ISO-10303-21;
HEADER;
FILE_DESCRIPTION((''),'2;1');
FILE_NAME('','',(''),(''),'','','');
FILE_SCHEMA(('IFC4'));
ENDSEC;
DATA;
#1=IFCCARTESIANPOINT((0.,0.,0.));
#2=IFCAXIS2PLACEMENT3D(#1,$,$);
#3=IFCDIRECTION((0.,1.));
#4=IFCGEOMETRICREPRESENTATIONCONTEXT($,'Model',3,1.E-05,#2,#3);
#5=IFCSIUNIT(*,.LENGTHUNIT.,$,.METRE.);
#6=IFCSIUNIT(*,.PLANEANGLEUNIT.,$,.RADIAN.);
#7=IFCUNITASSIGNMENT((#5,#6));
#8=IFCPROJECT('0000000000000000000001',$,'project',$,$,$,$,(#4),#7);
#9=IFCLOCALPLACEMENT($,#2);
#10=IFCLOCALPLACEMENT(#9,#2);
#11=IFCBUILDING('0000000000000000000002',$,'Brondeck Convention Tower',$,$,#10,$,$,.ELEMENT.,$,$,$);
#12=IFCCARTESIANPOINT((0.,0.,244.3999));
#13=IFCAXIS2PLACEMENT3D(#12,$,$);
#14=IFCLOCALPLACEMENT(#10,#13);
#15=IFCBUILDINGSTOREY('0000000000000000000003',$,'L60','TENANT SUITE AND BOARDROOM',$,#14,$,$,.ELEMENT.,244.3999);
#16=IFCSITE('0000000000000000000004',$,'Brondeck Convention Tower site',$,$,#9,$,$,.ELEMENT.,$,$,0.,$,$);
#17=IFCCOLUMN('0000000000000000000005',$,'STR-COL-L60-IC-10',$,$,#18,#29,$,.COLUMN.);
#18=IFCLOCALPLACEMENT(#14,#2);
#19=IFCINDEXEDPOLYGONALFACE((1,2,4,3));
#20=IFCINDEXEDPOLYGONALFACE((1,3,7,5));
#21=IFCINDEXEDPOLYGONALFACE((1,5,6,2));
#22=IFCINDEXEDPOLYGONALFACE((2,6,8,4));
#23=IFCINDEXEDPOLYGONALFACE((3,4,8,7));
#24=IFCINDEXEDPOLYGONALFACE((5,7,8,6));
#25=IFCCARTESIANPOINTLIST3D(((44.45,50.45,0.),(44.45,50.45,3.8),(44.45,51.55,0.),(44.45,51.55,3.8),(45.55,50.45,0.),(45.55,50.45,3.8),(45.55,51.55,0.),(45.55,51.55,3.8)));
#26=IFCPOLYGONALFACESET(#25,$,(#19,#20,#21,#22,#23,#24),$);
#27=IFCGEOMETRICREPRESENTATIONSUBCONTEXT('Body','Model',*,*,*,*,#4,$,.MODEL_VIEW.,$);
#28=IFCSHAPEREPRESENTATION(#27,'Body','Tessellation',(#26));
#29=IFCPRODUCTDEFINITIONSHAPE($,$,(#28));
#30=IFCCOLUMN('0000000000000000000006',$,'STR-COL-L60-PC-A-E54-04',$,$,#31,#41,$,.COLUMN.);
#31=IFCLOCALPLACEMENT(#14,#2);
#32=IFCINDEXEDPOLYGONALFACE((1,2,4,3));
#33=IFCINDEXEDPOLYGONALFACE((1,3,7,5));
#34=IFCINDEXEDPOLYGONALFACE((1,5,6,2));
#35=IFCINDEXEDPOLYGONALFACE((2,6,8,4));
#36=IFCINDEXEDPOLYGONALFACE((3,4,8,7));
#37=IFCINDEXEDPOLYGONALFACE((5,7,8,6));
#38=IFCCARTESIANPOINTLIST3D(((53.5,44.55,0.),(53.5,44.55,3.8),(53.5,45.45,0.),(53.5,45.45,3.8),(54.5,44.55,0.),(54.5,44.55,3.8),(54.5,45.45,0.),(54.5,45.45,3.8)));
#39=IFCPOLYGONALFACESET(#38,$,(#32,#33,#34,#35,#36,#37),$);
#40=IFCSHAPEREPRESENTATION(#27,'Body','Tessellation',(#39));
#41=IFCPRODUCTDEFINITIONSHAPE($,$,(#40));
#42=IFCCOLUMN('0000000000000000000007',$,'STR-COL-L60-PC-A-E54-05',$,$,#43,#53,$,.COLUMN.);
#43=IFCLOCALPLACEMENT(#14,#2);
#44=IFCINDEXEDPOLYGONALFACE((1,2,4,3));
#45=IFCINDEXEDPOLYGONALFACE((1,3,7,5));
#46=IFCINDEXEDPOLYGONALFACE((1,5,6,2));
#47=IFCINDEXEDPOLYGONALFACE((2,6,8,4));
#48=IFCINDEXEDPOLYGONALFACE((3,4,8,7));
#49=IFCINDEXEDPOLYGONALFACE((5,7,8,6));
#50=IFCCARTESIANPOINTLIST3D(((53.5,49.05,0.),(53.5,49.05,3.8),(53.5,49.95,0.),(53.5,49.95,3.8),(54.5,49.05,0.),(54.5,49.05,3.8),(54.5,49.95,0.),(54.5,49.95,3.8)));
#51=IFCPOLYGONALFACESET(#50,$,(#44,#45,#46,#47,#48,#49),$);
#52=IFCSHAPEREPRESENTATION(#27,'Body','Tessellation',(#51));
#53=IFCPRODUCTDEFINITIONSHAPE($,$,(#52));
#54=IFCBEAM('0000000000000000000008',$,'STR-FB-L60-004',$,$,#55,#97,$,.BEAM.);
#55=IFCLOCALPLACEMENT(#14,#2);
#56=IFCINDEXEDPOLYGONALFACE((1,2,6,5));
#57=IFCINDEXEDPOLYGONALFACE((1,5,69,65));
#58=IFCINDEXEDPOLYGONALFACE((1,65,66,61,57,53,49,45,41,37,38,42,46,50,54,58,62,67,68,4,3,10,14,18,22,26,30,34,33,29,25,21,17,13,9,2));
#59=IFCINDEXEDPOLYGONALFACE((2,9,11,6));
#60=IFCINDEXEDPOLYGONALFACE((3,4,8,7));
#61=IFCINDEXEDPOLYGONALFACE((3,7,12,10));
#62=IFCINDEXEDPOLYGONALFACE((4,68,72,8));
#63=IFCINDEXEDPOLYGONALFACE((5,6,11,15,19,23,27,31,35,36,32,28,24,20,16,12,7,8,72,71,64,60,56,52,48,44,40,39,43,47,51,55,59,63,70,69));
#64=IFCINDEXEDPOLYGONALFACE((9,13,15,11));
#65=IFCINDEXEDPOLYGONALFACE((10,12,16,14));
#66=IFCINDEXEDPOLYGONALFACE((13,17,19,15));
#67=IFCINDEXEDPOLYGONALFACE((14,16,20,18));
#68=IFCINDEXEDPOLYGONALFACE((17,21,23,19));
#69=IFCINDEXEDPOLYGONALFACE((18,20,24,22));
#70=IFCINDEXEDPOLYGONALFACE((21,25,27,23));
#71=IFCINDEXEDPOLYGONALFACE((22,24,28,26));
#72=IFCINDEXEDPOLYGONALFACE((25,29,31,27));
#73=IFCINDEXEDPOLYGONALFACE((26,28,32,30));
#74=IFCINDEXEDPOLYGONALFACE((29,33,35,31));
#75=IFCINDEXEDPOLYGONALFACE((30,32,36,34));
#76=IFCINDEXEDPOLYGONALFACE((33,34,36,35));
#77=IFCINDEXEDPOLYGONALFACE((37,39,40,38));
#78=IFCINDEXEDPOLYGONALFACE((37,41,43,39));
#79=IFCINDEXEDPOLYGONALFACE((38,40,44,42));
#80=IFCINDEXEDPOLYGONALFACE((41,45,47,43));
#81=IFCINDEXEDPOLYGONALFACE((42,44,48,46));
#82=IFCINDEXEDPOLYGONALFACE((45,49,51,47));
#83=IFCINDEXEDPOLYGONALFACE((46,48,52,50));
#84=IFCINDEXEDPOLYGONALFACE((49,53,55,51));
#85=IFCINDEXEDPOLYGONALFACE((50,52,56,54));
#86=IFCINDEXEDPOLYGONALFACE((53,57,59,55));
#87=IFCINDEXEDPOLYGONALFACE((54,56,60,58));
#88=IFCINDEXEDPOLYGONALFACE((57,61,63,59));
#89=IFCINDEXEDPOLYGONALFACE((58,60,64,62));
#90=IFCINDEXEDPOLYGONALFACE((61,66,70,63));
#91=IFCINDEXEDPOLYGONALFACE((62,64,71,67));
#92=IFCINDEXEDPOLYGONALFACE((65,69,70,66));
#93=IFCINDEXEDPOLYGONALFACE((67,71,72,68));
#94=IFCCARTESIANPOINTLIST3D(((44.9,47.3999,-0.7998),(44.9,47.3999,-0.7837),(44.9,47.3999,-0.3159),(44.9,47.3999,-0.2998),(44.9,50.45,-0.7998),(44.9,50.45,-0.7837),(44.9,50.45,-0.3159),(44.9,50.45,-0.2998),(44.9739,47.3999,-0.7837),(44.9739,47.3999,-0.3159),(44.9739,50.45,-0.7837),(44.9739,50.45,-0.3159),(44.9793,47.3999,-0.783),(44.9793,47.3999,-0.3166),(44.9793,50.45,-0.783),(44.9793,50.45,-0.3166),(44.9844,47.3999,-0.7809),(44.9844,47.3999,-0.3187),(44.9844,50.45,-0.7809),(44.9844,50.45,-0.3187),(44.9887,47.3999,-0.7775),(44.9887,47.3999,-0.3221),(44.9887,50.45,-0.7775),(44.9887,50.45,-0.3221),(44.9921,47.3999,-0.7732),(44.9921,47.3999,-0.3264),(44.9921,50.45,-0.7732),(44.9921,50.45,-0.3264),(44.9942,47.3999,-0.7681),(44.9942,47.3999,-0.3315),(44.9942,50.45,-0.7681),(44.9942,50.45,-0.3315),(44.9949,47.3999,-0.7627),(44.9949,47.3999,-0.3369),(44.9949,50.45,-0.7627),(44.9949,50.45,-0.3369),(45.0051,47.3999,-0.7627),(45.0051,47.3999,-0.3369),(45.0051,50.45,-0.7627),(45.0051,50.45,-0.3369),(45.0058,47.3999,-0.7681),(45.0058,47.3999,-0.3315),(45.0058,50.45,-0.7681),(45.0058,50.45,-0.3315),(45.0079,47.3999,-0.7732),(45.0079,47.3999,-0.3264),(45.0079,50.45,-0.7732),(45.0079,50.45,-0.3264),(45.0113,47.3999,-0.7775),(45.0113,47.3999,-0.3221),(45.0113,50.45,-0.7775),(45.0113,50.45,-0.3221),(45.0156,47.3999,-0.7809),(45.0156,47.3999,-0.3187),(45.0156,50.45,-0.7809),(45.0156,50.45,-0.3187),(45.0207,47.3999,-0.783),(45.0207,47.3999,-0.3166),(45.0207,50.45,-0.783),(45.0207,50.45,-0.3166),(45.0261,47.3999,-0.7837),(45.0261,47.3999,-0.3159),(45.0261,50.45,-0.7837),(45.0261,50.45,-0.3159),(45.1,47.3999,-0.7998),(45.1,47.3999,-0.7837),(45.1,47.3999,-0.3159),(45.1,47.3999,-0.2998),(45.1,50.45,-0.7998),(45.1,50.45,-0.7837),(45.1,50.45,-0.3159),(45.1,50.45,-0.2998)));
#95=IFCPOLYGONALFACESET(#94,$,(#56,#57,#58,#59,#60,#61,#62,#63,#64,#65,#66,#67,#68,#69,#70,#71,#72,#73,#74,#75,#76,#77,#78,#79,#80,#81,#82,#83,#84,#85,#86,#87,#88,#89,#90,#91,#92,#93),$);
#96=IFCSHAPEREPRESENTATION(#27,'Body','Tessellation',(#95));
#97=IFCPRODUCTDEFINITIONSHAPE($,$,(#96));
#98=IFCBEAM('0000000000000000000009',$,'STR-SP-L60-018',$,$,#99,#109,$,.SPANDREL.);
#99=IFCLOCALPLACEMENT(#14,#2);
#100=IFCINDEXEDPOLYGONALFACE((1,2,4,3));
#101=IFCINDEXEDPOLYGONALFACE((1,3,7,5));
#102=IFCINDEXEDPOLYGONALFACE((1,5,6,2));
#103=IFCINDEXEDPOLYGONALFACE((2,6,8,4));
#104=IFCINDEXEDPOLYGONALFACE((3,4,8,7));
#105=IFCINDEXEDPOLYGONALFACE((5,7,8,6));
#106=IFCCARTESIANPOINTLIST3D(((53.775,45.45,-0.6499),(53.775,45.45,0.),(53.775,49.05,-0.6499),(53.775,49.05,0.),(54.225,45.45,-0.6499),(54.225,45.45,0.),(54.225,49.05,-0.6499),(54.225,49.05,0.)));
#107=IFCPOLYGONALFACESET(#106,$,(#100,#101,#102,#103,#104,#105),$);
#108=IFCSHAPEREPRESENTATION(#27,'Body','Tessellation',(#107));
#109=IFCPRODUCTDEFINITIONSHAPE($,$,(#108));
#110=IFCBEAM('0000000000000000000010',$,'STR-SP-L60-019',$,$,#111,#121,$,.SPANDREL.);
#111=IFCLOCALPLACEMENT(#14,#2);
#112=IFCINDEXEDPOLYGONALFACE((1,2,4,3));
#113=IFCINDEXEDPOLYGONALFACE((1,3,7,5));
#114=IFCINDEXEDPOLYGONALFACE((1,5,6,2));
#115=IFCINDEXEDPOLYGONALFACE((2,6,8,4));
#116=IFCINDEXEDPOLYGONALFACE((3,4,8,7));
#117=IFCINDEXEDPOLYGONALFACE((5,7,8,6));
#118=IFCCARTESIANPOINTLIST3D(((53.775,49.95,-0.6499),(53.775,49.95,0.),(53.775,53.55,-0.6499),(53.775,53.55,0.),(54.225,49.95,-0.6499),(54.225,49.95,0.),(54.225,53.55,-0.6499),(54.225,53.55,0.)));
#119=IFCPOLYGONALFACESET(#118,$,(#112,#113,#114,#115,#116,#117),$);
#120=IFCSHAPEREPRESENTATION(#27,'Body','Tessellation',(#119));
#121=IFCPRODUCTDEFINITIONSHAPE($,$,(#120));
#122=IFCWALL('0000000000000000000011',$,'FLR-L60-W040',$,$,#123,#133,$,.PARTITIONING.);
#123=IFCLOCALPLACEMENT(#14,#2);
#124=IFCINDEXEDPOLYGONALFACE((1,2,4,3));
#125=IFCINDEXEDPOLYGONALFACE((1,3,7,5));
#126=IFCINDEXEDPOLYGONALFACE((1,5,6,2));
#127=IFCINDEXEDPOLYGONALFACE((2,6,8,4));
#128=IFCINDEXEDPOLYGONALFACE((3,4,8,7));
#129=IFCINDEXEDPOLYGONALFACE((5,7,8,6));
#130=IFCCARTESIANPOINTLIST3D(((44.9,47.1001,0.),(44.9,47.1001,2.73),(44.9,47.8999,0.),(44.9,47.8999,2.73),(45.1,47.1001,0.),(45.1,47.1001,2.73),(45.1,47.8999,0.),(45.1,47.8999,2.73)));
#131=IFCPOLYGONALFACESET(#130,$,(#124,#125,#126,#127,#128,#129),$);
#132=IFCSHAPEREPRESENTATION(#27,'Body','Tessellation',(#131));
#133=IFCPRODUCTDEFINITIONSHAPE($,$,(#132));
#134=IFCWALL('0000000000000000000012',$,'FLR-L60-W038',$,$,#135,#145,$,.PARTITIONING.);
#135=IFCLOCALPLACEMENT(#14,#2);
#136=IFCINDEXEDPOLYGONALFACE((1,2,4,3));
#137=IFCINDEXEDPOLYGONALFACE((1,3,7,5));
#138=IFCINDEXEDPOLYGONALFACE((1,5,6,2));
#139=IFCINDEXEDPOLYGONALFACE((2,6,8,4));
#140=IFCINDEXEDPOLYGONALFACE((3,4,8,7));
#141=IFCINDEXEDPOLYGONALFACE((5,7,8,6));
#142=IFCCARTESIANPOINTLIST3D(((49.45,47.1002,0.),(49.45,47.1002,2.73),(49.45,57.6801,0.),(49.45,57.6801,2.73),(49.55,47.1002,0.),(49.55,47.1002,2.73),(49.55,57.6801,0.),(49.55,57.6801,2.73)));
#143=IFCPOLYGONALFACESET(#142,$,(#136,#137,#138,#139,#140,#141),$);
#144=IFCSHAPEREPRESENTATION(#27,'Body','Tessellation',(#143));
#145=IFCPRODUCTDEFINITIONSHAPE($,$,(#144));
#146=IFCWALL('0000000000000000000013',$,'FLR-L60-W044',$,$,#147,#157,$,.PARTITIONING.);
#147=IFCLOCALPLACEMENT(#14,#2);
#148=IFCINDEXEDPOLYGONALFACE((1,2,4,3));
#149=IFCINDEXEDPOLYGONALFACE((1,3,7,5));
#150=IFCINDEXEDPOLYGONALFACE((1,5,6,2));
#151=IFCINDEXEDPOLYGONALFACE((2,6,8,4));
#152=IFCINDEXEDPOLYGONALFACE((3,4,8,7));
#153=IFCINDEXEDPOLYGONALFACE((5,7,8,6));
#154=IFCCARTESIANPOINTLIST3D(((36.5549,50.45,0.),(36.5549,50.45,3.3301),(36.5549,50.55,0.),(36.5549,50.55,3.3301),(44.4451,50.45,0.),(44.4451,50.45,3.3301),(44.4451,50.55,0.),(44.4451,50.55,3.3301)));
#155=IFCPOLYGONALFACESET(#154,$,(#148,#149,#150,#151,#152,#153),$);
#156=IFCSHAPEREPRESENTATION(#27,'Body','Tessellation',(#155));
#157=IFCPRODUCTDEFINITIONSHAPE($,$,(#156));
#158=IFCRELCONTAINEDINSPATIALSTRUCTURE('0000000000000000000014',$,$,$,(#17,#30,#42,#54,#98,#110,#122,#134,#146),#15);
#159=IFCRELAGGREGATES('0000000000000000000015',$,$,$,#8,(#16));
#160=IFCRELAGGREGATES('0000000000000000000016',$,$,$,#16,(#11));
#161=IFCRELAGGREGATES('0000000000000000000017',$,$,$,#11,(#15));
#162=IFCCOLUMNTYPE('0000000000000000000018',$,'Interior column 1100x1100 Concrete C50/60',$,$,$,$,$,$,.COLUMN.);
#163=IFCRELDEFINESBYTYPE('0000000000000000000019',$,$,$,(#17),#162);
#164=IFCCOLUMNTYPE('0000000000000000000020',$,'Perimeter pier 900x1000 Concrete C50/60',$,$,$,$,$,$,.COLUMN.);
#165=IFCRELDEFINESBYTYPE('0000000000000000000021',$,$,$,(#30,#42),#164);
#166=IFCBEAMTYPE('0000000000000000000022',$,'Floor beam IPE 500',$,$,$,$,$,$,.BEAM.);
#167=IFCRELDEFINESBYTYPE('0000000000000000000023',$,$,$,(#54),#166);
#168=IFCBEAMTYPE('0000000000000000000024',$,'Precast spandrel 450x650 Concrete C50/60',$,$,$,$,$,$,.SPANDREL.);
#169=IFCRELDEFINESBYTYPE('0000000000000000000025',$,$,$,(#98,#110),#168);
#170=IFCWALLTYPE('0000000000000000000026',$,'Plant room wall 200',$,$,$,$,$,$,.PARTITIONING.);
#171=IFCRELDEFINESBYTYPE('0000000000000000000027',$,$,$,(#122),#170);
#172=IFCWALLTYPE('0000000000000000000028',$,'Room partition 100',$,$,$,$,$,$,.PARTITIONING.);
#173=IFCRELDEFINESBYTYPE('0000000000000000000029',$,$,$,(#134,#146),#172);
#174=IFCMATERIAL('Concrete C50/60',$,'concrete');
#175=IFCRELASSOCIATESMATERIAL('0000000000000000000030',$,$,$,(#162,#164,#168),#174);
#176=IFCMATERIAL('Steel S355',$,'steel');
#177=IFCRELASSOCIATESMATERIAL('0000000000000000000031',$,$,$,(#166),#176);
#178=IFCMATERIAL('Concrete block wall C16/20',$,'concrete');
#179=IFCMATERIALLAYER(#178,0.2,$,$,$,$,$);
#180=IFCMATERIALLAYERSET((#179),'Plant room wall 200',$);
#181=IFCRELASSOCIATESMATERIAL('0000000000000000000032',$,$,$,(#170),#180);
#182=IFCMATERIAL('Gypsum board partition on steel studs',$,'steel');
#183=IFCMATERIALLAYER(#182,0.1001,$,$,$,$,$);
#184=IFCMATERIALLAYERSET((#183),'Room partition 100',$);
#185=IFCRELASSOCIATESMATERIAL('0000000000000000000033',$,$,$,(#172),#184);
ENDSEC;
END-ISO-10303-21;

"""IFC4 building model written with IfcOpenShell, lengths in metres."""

from ifc_helpers import new_model, si_unit, direction, frame, frame_2d, origin, origin_2d, place, context, subcontext, project, spatial, rectangle, i_section, extrude, material, layer, layer_set, material_profile, profile_set, type_object, element, save


model = new_model("IFC4")

# Units and contexts
model_context = context("Model", 3, precision=1e-05, world=origin(), true_north=direction((0.0, 1.0)))
body_context = subcontext(model_context, "Body", "Model", "MODEL_VIEW")
ifc_project = project(units=[si_unit("LENGTHUNIT", "METRE"), si_unit("PLANEANGLEUNIT", "RADIAN")], contexts=[model_context])

# Site, building, storey
site_placement = place(None, origin())
site = spatial("IfcSite", under=ifc_project, at=site_placement, Name="Brondeck Convention Tower site", CompositionType="ELEMENT", RefElevation=0.0)
building_placement = place(site_placement, origin())
building = spatial("IfcBuilding", under=site, at=building_placement, Name="Brondeck Convention Tower", CompositionType="ELEMENT")
storey_placement = place(building_placement, frame((0.0, 0.0, 244.3999)))
storey = spatial("IfcBuildingStorey", under=building, at=storey_placement, Name="L60", Description="TENANT SUITE AND BOARDROOM", CompositionType="ELEMENT", Elevation=244.3999)

# Columns
ifc_material_1 = material(Name="Concrete C50/60", Category="concrete")
ifc_material_profile_1 = material_profile(ifc_material_1, rectangle(XDim=1.1001, YDim=1.1001, at=origin_2d()), Name="Interior column 1100x1100 Concrete C50/60")
ifc_profile_set_1 = profile_set([ifc_material_profile_1], Name="Concrete C50/60")
column_type_1 = type_object("IfcColumnType", Name="Interior column 1100x1100 Concrete C50/60", PredefinedType="COLUMN", material=ifc_profile_set_1)
column_placement = place(storey_placement, frame((45.0, 51.0, 0.0), z_axis=(0.0, 0.0, 1.0), x_axis=(1.0, 0.0, 0.0)))
element("IfcColumn", 1, at=column_placement, inside=storey, type_object=column_type_1, Name="STR-COL-L60-IC-10", PredefinedType="COLUMN", context=body_context, shape_type="SweptSolid", body=[
    extrude(rectangle(XDim=1.1001, YDim=1.1001, at=origin_2d()), origin(), (0.0, 0.0, 1.0), 3.8),
])
ifc_material_profile_2 = material_profile(ifc_material_1, rectangle(XDim=0.8999, YDim=1.0, at=origin_2d()), Name="Perimeter pier 900x1000 Concrete C50/60")
ifc_profile_set_2 = profile_set([ifc_material_profile_2], Name="Concrete C50/60")
column_type_2 = type_object("IfcColumnType", Name="Perimeter pier 900x1000 Concrete C50/60", PredefinedType="COLUMN", material=ifc_profile_set_2)
for number, where, z_axis, x_axis, name in (
    (2, (54.0, 45.0, 0.0), (0.0, 0.0, 1.0), (0.0, 1.0, 0.0), "STR-COL-L60-PC-A-E54-04"),
    (3, (54.0, 49.5, 0.0), (0.0, 0.0, 1.0), (0.0, 1.0, 0.0), "STR-COL-L60-PC-A-E54-05"),
):
    element("IfcColumn", number, at=place(storey_placement, frame(where, z_axis=z_axis, x_axis=x_axis)), inside=storey, type_object=column_type_2, Name=name, PredefinedType="COLUMN", context=body_context, shape_type="SweptSolid", body=[
        extrude(rectangle(XDim=0.8999, YDim=1.0, at=origin_2d()), origin(), (0.0, 0.0, 1.0), 3.8),
    ])

# Beams
ifc_material_2 = material(Name="Steel S355", Category="steel")
ifc_material_profile_3 = material_profile(ifc_material_2, i_section(OverallWidth=0.2, OverallDepth=0.5, WebThickness=0.0103, FlangeThickness=0.0161, FilletRadius=0.021, at=origin_2d()), Name="IPE 500")
ifc_profile_set_3 = profile_set([ifc_material_profile_3], Name="Steel S355")
beam_type_1 = type_object("IfcBeamType", Name="Floor beam IPE 500", PredefinedType="BEAM", material=ifc_profile_set_3)
beam_placement = place(storey_placement, frame((45.0, 47.3999, -0.5498), z_axis=(0.0, 1.0, 0.0), x_axis=(-1.0, 0.0, 0.0)))
element("IfcBeam", 4, at=beam_placement, inside=storey, type_object=beam_type_1, Name="STR-FB-L60-004", PredefinedType="BEAM", context=body_context, shape_type="SweptSolid", body=[
    extrude(i_section(OverallWidth=0.2, OverallDepth=0.5, WebThickness=0.0103, FlangeThickness=0.0161, FilletRadius=0.021, at=origin_2d()), origin(), (0.0, 0.0, 1.0), 3.05),
])
ifc_material_profile_4 = material_profile(ifc_material_1, rectangle(XDim=0.45, YDim=0.6499, at=origin_2d()), Name="Precast spandrel 450x650 Concrete C50/60")
ifc_profile_set_4 = profile_set([ifc_material_profile_4], Name="Concrete C50/60")
beam_type_2 = type_object("IfcBeamType", Name="Precast spandrel 450x650 Concrete C50/60", PredefinedType="SPANDREL", material=ifc_profile_set_4)
for number, where, z_axis, x_axis, name in (
    (5, (54.0, 45.45, -0.325), (0.0, 1.0, 0.0), (-1.0, 0.0, 0.0), "STR-SP-L60-018"),
    (6, (54.0, 49.95, -0.325), (0.0, 1.0, 0.0), (-1.0, 0.0, 0.0), "STR-SP-L60-019"),
):
    element("IfcBeam", number, at=place(storey_placement, frame(where, z_axis=z_axis, x_axis=x_axis)), inside=storey, type_object=beam_type_2, Name=name, PredefinedType="SPANDREL", context=body_context, shape_type="SweptSolid", body=[
        extrude(rectangle(XDim=0.45, YDim=0.6499, at=origin_2d()), origin(), (0.0, 0.0, 1.0), 3.6001),
    ])

# Walls
ifc_material_3 = material(Name="Concrete block wall C16/20", Category="concrete")
ifc_layer_1 = layer(ifc_material_3, 0.2)
ifc_layer_set_1 = layer_set([ifc_layer_1], Name="Plant room wall 200")
wall_type_1 = type_object("IfcWallType", Name="Plant room wall 200", PredefinedType="PARTITIONING", material=ifc_layer_set_1)
wall_1_placement = place(storey_placement, frame((45.0, 47.8999, 0.0), z_axis=(0.0, 0.0, 1.0), x_axis=(0.0, -1.0, 0.0)))
element("IfcWall", 7, at=wall_1_placement, inside=storey, type_object=wall_type_1, Name="FLR-L60-W040", PredefinedType="PARTITIONING", context=body_context, shape_type="SweptSolid", body=[
    extrude(rectangle(XDim=0.7998, YDim=0.2, at=frame_2d((0.3999, 0.0))), origin(), (0.0, 0.0, 1.0), 2.73),
])
ifc_material_4 = material(Name="Gypsum board partition on steel studs", Category="steel")
ifc_layer_2 = layer(ifc_material_4, 0.1001)
ifc_layer_set_2 = layer_set([ifc_layer_2], Name="Room partition 100")
wall_type_2 = type_object("IfcWallType", Name="Room partition 100", PredefinedType="PARTITIONING", material=ifc_layer_set_2)
wall_2_placement = place(storey_placement, frame((49.5, 47.1001, 0.0), z_axis=(0.0, 0.0, 1.0), x_axis=(0.0, 1.0, 0.0)))
element("IfcWall", 8, at=wall_2_placement, inside=storey, type_object=wall_type_2, Name="FLR-L60-W038", PredefinedType="PARTITIONING", context=body_context, shape_type="SweptSolid", body=[
    extrude(rectangle(XDim=10.5798, YDim=0.1001, at=frame_2d((5.29, 0.0))), origin(), (0.0, 0.0, 1.0), 2.73),
])
wall_3_placement = place(storey_placement, frame((44.4451, 50.5, 0.0), z_axis=(0.0, 0.0, 1.0), x_axis=(-1.0, 0.0, 0.0)))
element("IfcWall", 9, at=wall_3_placement, inside=storey, type_object=wall_type_2, Name="FLR-L60-W044", PredefinedType="PARTITIONING", context=body_context, shape_type="SweptSolid", body=[
    extrude(rectangle(XDim=7.8901, YDim=0.1001, at=frame_2d((3.9451, 0.0))), origin(), (0.0, 0.0, 1.0), 3.3301),
])

save(model, "model.ifc")
